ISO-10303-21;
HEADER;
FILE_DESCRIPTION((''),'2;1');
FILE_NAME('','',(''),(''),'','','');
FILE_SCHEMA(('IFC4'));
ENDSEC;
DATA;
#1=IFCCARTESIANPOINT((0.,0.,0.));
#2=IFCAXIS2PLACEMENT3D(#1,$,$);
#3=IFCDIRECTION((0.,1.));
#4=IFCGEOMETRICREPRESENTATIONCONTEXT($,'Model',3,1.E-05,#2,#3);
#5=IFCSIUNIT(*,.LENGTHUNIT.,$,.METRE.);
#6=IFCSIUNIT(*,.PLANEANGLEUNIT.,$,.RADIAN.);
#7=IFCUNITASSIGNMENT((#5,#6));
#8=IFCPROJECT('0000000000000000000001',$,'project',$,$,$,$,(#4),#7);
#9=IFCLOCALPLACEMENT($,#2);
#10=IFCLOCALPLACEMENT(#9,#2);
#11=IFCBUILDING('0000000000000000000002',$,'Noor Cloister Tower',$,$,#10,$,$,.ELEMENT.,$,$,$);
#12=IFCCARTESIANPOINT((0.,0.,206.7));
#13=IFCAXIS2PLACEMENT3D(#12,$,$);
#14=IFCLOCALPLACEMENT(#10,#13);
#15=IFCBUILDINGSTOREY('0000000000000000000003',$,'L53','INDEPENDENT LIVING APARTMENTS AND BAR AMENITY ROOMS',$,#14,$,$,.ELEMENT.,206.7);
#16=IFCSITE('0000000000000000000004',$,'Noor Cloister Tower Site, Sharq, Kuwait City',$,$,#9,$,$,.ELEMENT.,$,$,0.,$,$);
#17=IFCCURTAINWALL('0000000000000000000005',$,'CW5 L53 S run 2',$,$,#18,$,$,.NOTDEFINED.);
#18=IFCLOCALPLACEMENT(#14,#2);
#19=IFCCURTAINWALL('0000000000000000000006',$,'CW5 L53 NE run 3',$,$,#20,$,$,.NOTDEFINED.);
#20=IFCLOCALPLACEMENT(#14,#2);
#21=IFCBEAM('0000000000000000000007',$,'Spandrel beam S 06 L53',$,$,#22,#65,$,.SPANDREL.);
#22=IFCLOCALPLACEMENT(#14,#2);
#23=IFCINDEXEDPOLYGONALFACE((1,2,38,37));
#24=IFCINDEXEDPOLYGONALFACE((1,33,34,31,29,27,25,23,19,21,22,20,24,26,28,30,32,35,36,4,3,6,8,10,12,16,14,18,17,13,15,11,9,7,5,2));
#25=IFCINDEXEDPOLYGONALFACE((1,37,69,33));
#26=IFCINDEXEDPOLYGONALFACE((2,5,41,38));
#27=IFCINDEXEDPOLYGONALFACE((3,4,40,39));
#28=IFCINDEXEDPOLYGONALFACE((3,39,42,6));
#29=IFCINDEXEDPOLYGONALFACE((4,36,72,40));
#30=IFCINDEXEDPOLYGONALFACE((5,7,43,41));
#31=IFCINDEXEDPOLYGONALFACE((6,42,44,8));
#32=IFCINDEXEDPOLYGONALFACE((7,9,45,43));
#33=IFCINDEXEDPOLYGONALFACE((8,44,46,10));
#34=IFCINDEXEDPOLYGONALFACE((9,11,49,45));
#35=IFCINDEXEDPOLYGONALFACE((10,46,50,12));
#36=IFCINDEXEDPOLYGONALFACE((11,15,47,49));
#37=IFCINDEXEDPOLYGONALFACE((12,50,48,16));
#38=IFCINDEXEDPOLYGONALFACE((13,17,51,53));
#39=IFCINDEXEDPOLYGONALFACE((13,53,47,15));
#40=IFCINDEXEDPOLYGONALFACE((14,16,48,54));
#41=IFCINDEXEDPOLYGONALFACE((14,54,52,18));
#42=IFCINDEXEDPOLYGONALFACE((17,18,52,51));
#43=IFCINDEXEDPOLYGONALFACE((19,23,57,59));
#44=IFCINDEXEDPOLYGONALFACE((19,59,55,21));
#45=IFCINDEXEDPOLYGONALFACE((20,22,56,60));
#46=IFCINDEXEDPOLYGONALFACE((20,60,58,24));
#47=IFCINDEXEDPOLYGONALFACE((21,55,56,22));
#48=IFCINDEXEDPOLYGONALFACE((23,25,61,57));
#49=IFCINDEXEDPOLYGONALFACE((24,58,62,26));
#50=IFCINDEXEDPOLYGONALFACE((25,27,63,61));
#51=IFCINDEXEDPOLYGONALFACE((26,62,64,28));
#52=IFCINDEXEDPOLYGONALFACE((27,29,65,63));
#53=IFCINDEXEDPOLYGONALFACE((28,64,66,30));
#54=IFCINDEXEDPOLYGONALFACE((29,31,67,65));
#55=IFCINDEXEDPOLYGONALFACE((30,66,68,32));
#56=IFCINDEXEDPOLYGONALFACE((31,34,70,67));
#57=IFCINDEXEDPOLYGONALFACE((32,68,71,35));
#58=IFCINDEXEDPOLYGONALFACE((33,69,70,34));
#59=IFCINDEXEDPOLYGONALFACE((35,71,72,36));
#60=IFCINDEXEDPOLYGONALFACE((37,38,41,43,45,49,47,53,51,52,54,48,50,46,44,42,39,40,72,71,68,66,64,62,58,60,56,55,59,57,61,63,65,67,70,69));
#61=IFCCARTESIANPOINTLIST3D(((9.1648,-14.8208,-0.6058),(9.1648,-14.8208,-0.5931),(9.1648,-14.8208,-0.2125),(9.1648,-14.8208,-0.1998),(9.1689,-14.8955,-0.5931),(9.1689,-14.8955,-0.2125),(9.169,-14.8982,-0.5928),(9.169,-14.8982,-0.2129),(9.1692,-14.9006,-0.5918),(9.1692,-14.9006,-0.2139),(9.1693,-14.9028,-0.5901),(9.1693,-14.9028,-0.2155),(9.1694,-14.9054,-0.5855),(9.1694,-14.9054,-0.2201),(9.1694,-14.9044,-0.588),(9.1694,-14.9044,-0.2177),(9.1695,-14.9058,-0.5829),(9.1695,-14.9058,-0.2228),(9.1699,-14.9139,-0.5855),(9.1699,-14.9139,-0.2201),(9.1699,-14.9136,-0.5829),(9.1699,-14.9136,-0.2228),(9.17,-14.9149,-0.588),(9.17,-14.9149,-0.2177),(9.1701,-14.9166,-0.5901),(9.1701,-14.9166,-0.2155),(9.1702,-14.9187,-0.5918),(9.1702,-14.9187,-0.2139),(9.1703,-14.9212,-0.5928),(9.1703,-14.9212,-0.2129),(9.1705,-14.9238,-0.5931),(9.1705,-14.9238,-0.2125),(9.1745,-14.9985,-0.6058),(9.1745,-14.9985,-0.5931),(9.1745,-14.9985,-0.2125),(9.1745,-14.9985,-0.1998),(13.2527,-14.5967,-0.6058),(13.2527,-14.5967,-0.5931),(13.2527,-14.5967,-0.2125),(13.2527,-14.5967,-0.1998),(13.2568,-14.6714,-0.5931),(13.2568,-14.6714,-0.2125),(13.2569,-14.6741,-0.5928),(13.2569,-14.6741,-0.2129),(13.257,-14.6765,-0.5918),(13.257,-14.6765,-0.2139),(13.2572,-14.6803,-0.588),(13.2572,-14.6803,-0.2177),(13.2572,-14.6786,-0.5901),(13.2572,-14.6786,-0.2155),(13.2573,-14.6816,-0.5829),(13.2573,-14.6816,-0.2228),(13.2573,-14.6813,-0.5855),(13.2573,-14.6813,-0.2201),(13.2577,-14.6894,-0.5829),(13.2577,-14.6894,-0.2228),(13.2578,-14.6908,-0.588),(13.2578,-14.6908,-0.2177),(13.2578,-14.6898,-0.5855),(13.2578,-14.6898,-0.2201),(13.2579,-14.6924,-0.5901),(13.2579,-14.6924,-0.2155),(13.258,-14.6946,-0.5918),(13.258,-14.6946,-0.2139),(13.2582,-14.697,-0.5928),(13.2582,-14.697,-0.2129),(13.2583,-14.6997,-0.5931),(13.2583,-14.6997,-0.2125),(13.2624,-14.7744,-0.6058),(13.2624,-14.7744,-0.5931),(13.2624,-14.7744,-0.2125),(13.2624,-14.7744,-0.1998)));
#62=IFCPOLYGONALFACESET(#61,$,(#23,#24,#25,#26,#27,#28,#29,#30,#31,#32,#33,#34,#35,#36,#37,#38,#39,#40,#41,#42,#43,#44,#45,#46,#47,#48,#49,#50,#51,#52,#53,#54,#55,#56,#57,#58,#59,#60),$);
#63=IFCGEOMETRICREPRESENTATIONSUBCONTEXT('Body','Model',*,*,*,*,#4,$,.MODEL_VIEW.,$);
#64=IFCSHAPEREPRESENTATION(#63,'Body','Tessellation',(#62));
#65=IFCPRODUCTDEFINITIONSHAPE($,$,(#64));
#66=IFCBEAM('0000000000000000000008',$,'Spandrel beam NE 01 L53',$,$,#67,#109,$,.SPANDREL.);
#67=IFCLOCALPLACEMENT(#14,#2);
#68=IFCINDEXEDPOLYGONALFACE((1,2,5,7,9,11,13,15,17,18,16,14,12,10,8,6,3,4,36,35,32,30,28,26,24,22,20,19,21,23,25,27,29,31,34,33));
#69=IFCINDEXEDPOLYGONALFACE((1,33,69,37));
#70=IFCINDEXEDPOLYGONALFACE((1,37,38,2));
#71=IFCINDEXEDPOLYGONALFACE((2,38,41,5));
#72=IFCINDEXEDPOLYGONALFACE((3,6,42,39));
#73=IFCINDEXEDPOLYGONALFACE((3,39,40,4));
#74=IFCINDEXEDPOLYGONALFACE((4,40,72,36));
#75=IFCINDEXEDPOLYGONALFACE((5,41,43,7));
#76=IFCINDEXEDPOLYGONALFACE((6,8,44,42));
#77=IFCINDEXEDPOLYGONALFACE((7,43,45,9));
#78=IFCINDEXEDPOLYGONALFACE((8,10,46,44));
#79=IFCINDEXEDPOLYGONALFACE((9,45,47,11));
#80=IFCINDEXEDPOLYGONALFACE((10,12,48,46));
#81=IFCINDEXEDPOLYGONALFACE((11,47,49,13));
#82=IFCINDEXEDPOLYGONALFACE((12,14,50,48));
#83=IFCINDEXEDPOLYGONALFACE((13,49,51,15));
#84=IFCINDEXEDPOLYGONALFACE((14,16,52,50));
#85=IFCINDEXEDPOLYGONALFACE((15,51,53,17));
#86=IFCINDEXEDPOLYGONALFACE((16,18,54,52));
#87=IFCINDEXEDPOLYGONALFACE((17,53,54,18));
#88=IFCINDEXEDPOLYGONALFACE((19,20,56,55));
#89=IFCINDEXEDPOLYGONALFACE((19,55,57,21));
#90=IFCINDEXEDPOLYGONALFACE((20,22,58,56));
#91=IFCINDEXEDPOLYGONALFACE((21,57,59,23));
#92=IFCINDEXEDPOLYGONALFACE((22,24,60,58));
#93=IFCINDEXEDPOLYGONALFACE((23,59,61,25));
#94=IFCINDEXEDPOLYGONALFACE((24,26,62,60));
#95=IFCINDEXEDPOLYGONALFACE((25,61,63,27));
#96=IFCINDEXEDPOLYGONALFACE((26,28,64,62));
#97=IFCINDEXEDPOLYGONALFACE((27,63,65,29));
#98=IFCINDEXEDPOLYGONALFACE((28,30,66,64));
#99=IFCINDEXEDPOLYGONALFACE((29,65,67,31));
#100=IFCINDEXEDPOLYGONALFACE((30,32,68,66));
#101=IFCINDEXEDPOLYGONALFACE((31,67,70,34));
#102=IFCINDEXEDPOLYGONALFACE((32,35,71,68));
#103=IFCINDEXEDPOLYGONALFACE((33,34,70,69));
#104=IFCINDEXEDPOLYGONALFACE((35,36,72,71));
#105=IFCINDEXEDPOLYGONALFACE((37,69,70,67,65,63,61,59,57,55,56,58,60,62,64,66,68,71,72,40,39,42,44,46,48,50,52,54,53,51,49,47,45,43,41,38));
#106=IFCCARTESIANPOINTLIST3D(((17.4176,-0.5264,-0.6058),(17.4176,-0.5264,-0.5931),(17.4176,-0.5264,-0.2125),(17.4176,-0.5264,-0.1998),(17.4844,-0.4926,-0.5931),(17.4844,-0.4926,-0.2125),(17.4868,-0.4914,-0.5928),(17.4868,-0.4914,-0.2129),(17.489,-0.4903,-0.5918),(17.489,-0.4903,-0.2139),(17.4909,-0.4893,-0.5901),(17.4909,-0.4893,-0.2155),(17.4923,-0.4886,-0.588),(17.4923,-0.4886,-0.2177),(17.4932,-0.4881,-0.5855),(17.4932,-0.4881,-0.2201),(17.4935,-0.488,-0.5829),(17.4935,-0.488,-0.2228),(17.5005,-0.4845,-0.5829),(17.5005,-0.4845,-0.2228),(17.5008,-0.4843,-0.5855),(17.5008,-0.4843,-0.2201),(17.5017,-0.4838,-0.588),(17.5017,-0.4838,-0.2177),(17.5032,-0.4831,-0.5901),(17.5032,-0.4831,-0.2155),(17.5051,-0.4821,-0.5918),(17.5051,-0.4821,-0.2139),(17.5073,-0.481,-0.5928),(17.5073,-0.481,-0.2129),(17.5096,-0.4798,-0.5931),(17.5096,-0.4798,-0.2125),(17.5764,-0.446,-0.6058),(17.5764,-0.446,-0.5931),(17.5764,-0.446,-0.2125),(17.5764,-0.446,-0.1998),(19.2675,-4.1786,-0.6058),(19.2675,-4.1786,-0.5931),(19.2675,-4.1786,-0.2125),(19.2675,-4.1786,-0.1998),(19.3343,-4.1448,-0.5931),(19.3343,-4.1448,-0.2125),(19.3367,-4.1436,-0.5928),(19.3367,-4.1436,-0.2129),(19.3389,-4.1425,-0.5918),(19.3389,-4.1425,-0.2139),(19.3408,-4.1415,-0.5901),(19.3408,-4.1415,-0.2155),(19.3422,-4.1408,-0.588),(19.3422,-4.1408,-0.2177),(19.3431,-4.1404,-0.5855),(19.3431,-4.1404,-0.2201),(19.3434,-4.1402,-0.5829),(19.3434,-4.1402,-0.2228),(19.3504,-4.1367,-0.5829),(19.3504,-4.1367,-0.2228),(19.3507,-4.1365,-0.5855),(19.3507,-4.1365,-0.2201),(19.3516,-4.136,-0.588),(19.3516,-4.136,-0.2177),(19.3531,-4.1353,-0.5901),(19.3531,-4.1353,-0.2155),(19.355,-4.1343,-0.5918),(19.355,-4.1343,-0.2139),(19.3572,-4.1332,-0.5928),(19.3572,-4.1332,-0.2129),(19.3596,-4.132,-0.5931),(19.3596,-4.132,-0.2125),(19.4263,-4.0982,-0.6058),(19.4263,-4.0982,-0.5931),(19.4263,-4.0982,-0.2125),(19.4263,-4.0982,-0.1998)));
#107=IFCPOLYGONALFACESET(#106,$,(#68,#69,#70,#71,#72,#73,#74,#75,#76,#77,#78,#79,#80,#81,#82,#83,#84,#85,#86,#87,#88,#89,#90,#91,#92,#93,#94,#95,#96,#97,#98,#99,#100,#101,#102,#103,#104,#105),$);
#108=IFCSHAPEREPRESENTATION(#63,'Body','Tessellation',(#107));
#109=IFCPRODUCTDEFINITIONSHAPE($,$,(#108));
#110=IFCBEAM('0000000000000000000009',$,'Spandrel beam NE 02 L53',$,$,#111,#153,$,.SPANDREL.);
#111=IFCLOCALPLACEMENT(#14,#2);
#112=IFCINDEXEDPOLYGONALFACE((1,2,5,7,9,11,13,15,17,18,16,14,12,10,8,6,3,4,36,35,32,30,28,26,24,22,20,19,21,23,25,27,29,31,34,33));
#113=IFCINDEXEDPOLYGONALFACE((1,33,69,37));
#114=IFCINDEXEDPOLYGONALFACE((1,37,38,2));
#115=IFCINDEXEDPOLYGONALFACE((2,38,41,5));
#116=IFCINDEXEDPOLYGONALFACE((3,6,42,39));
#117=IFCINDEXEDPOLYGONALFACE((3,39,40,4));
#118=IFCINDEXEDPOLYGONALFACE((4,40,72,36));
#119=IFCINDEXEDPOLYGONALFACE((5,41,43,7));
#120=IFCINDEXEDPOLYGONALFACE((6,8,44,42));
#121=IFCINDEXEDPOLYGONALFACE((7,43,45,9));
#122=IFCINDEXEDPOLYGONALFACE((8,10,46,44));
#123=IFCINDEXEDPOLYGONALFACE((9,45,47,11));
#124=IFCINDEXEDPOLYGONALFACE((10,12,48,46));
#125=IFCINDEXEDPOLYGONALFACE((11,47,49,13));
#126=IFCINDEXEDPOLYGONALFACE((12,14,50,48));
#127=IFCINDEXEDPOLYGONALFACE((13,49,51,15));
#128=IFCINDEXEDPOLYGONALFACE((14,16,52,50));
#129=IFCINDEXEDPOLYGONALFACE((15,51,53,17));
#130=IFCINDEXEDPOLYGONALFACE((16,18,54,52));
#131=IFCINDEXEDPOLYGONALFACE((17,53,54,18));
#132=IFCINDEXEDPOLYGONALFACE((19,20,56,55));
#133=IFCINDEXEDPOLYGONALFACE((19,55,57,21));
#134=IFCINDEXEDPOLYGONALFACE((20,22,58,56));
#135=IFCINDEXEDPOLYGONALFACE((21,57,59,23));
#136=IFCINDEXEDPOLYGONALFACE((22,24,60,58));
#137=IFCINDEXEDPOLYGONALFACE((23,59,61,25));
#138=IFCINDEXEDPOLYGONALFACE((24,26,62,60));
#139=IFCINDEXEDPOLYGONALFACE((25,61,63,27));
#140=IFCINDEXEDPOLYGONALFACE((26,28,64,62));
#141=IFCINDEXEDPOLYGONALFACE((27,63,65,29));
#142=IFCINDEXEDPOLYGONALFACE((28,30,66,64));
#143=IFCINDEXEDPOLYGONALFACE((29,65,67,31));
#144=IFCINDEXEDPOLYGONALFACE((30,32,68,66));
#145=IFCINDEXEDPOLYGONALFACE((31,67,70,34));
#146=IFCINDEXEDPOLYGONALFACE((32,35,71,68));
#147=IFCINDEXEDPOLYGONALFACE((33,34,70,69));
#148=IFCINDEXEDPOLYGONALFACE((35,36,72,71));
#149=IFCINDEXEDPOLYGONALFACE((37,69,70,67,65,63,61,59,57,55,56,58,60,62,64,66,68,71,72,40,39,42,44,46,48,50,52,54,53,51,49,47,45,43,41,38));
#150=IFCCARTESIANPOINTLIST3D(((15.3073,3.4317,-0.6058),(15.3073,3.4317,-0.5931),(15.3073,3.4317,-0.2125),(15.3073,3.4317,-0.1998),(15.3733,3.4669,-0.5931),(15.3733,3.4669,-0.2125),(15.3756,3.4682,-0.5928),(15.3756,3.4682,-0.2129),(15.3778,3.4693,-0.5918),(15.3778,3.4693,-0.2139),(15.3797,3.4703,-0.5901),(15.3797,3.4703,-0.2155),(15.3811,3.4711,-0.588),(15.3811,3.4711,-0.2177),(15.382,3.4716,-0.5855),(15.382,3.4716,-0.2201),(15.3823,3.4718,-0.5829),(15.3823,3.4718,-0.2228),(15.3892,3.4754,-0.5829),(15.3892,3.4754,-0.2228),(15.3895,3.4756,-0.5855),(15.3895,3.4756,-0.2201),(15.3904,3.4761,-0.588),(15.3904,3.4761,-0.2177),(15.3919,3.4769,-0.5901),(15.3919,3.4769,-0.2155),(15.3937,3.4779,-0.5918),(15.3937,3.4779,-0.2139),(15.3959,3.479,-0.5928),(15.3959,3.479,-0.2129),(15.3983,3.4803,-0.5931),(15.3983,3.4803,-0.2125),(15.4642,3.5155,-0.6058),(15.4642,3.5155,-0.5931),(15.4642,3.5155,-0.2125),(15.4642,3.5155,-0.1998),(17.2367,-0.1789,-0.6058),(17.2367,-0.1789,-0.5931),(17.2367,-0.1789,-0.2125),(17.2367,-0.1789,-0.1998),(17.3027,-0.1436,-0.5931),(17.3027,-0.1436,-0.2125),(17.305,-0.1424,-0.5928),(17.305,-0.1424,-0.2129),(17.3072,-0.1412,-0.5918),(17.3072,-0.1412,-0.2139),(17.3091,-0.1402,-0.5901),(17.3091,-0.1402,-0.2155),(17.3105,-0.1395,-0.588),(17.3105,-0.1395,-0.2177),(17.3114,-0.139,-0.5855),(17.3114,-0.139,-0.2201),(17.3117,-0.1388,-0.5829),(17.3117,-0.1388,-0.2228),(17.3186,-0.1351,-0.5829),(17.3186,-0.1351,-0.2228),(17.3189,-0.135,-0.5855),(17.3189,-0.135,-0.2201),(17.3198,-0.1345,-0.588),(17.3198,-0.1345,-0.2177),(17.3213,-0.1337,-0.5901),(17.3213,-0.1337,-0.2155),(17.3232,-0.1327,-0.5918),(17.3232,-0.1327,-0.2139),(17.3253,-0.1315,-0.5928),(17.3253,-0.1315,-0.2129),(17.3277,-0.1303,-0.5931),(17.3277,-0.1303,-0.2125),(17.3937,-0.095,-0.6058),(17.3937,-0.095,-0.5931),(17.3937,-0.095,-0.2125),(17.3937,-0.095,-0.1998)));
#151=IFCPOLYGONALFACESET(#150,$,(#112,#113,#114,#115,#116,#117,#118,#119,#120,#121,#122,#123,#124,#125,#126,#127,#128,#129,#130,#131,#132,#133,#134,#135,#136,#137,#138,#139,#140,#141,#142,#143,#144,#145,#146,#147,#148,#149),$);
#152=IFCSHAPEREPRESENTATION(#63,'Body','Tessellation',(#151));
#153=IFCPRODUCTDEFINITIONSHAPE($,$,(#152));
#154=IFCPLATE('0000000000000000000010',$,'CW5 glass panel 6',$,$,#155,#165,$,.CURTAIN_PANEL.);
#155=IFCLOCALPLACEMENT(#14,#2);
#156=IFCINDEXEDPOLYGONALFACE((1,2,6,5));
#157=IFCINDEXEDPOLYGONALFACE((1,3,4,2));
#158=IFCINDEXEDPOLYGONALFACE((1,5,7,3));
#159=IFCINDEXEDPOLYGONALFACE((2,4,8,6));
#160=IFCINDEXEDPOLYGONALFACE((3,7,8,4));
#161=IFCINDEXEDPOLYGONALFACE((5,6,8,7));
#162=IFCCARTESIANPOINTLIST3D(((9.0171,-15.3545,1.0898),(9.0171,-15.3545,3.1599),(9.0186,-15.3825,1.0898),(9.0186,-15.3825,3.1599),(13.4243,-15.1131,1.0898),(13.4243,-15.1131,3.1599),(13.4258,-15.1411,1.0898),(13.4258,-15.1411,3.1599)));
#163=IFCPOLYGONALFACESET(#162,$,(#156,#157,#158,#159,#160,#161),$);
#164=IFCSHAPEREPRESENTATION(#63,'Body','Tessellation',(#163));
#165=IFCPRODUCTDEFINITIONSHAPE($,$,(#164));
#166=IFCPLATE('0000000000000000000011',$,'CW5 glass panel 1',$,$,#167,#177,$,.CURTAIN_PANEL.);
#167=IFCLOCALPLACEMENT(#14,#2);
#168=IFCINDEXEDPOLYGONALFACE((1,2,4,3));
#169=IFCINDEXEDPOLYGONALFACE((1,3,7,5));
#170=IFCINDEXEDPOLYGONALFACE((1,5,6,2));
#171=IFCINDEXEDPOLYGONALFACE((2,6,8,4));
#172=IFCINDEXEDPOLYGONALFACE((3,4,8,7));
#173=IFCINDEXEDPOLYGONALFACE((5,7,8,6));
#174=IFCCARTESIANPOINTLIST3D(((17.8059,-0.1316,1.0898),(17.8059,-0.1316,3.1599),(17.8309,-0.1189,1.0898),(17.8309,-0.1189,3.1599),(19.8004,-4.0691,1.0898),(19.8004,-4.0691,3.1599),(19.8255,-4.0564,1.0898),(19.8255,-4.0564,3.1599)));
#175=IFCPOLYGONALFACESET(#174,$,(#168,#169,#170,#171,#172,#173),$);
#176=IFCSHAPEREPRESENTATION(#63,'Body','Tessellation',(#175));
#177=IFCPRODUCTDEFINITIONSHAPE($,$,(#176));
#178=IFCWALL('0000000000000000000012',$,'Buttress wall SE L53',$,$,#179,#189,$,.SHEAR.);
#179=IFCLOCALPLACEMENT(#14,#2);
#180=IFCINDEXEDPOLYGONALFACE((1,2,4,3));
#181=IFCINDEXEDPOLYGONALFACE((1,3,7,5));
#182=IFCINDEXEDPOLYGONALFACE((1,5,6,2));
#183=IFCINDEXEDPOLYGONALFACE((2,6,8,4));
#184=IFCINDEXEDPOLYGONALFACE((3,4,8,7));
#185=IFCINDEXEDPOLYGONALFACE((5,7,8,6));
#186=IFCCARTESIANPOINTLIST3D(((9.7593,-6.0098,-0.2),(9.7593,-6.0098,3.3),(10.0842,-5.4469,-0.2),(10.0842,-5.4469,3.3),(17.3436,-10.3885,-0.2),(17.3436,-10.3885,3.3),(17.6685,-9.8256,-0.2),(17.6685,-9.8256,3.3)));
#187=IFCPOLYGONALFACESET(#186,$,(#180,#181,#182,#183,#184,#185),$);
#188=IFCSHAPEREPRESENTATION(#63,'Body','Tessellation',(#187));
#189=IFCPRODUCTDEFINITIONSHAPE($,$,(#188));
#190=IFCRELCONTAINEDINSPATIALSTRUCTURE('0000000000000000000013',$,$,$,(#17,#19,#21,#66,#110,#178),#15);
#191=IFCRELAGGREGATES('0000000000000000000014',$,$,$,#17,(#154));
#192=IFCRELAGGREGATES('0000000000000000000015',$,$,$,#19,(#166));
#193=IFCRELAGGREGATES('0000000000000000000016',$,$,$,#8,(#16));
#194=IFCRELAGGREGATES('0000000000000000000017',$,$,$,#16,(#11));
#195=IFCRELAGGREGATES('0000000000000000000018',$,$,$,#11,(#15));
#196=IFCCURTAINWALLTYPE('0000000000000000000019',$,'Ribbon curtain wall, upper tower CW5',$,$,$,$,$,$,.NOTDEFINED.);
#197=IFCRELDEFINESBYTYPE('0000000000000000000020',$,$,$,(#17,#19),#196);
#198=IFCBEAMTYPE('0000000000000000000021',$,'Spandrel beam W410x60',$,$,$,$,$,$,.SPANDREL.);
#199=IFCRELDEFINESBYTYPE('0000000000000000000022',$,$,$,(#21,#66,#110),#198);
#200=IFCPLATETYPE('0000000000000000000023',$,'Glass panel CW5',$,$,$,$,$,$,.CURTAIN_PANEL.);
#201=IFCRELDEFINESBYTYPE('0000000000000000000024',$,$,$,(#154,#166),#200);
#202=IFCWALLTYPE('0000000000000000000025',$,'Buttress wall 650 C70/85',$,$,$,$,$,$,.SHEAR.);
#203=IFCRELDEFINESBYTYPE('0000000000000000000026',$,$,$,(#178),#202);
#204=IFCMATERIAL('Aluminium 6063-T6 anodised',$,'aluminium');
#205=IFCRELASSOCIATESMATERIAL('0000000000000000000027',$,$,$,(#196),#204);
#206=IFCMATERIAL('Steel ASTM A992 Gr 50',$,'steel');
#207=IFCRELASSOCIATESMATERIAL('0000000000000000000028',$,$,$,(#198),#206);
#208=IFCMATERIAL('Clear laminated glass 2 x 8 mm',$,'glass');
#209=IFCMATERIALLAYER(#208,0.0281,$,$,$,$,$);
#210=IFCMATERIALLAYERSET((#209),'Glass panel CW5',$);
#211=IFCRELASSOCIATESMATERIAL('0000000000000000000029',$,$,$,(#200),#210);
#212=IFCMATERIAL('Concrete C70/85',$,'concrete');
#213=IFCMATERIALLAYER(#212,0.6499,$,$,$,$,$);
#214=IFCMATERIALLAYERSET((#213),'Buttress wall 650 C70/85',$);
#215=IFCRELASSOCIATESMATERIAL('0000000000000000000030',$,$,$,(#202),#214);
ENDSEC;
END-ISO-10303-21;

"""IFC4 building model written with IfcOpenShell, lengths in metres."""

from ifc_helpers import new_model, si_unit, direction, frame, frame_2d, origin, origin_2d, place, context, subcontext, project, spatial, rectangle, i_section, extrude, material, layer, layer_set, material_profile, profile_set, type_object, element, aggregate, save


model = new_model("IFC4")

# Units and contexts
model_context = context("Model", 3, precision=1e-05, world=origin(), true_north=direction((0.0, 1.0)))
body_context = subcontext(model_context, "Body", "Model", "MODEL_VIEW")
ifc_project = project(units=[si_unit("LENGTHUNIT", "METRE"), si_unit("PLANEANGLEUNIT", "RADIAN")], contexts=[model_context])

# Site, building, storey
site_placement = place(None, origin())
site = spatial("IfcSite", under=ifc_project, at=site_placement, Name="Noor Cloister Tower Site, Sharq, Kuwait City", CompositionType="ELEMENT", RefElevation=0.0)
building_placement = place(site_placement, origin())
building = spatial("IfcBuilding", under=site, at=building_placement, Name="Noor Cloister Tower", CompositionType="ELEMENT")
storey_placement = place(building_placement, frame((0.0, 0.0, 206.7)))
storey = spatial("IfcBuildingStorey", under=building, at=storey_placement, Name="L53", Description="INDEPENDENT LIVING APARTMENTS AND BAR AMENITY ROOMS", CompositionType="ELEMENT", Elevation=206.7)

# Curtain walls
ifc_material_1 = material(Name="Aluminium 6063-T6 anodised", Category="aluminium")
curtain_wall_type = type_object("IfcCurtainWallType", Name="Ribbon curtain wall, upper tower CW5", PredefinedType="NOTDEFINED", material=ifc_material_1)
curtain_wall_1_placement = place(storey_placement, origin())
curtain_wall_1 = element("IfcCurtainWall", 1, at=curtain_wall_1_placement, inside=storey, type_object=curtain_wall_type, Name="CW5 L53 S run 2", PredefinedType="NOTDEFINED")
curtain_wall_2_placement = place(storey_placement, origin())
curtain_wall_2 = element("IfcCurtainWall", 2, at=curtain_wall_2_placement, inside=storey, type_object=curtain_wall_type, Name="CW5 L53 NE run 3", PredefinedType="NOTDEFINED")

# Beams
ifc_material_2 = material(Name="Steel ASTM A992 Gr 50", Category="steel")
ifc_material_profile_1 = material_profile(ifc_material_2, i_section(OverallWidth=0.178, OverallDepth=0.406, WebThickness=0.0078, FlangeThickness=0.0127, FilletRadius=0.0103, at=origin_2d()), Name="W410x60")
ifc_profile_set_1 = profile_set([ifc_material_profile_1], Name="Steel ASTM A992 Gr 50")
beam_type_1 = type_object("IfcBeamType", Name="Spandrel beam W410x60", PredefinedType="SPANDREL", material=ifc_profile_set_1)
for number, where, z_axis, x_axis, name in (
    (3, (9.1697, -14.9097, -0.4028), (0.9985, 0.054743, 0.0), (-0.054743, 0.9985, 0.0), "Spandrel beam S 06 L53"),
    (4, (19.3469, -4.1384, -0.4028), (-0.451859, 0.892089, 0.0), (-0.892089, -0.451859, 0.0), "Spandrel beam NE 01 L53"),
):
    element("IfcBeam", number, at=place(storey_placement, frame(where, z_axis=z_axis, x_axis=x_axis)), inside=storey, type_object=beam_type_1, Name=name, PredefinedType="SPANDREL", context=body_context, shape_type="SweptSolid", body=[
        extrude(i_section(OverallWidth=0.178, OverallDepth=0.406, WebThickness=0.0078, FlangeThickness=0.0127, FilletRadius=0.0103, at=origin_2d()), origin(), (0.0, 0.0, 1.0), 4.094),
    ])
beam_1_placement = place(storey_placement, frame((17.3152, -0.137, -0.4028), z_axis=(-0.471309, 0.881968, 0.0), x_axis=(-0.881968, -0.471309, 0.0)))
element("IfcBeam", 5, at=beam_1_placement, inside=storey, type_object=beam_type_1, Name="Spandrel beam NE 02 L53", PredefinedType="SPANDREL", context=body_context, shape_type="SweptSolid", body=[
    extrude(i_section(OverallWidth=0.178, OverallDepth=0.406, WebThickness=0.0078, FlangeThickness=0.0127, FilletRadius=0.0103, at=origin_2d()), origin(), (0.0, 0.0, 1.0), 4.0938),
])

# Plates
ifc_material_3 = material(Name="Clear laminated glass 2 x 8 mm", Category="glass")
ifc_layer_1 = layer(ifc_material_3, 0.0281)
ifc_layer_set_1 = layer_set([ifc_layer_1], Name="Glass panel CW5")
plate_type = type_object("IfcPlateType", Name="Glass panel CW5", PredefinedType="CURTAIN_PANEL", material=ifc_layer_set_1)
plate_1_placement = place(storey_placement, frame((11.2214, -15.2478, 1.0898), z_axis=(0.0, 0.0, 1.0), x_axis=(0.998503, 0.054701, 0.0)))
plate_1 = element("IfcPlate", 6, at=plate_1_placement, type_object=plate_type, Name="CW5 glass panel 6", PredefinedType="CURTAIN_PANEL", context=body_context, shape_type="SweptSolid", body=[
    extrude(rectangle(XDim=4.4138, YDim=0.0281, at=origin_2d()), origin(), (0.0, 0.0, 1.0), 2.0701),
])
aggregate(curtain_wall_1, [plate_1])
plate_2_placement = place(storey_placement, frame((18.8157, -2.094, 1.0898), z_axis=(0.0, 0.0, 1.0), x_axis=(-0.451879, 0.892079, 0.0)))
plate_2 = element("IfcPlate", 7, at=plate_2_placement, type_object=plate_type, Name="CW5 glass panel 1", PredefinedType="CURTAIN_PANEL", context=body_context, shape_type="SweptSolid", body=[
    extrude(rectangle(XDim=4.4138, YDim=0.0281, at=origin_2d()), origin(), (0.0, 0.0, 1.0), 2.0701),
])
aggregate(curtain_wall_2, [plate_2])

# Wall
ifc_material_4 = material(Name="Concrete C70/85", Category="concrete")
ifc_layer_2 = layer(ifc_material_4, 0.6499)
ifc_layer_set_2 = layer_set([ifc_layer_2], Name="Buttress wall 650 C70/85")
wall_type_1 = type_object("IfcWallType", Name="Buttress wall 650 C70/85", PredefinedType="SHEAR", material=ifc_layer_set_2)
wall_1_placement = place(storey_placement, frame((9.9216, -5.7283, -0.2), z_axis=(0.0, 0.0, 1.0), x_axis=(0.86603, -0.499992, 0.0)))
element("IfcWall", 8, at=wall_1_placement, inside=storey, type_object=wall_type_1, Name="Buttress wall SE L53", PredefinedType="SHEAR", context=body_context, shape_type="SweptSolid", body=[
    extrude(rectangle(XDim=8.7576, YDim=0.6499, at=frame_2d((4.3789, 0.0))), origin(), (0.0, 0.0, 1.0), 3.5),
])

save(model, "model.ifc")
